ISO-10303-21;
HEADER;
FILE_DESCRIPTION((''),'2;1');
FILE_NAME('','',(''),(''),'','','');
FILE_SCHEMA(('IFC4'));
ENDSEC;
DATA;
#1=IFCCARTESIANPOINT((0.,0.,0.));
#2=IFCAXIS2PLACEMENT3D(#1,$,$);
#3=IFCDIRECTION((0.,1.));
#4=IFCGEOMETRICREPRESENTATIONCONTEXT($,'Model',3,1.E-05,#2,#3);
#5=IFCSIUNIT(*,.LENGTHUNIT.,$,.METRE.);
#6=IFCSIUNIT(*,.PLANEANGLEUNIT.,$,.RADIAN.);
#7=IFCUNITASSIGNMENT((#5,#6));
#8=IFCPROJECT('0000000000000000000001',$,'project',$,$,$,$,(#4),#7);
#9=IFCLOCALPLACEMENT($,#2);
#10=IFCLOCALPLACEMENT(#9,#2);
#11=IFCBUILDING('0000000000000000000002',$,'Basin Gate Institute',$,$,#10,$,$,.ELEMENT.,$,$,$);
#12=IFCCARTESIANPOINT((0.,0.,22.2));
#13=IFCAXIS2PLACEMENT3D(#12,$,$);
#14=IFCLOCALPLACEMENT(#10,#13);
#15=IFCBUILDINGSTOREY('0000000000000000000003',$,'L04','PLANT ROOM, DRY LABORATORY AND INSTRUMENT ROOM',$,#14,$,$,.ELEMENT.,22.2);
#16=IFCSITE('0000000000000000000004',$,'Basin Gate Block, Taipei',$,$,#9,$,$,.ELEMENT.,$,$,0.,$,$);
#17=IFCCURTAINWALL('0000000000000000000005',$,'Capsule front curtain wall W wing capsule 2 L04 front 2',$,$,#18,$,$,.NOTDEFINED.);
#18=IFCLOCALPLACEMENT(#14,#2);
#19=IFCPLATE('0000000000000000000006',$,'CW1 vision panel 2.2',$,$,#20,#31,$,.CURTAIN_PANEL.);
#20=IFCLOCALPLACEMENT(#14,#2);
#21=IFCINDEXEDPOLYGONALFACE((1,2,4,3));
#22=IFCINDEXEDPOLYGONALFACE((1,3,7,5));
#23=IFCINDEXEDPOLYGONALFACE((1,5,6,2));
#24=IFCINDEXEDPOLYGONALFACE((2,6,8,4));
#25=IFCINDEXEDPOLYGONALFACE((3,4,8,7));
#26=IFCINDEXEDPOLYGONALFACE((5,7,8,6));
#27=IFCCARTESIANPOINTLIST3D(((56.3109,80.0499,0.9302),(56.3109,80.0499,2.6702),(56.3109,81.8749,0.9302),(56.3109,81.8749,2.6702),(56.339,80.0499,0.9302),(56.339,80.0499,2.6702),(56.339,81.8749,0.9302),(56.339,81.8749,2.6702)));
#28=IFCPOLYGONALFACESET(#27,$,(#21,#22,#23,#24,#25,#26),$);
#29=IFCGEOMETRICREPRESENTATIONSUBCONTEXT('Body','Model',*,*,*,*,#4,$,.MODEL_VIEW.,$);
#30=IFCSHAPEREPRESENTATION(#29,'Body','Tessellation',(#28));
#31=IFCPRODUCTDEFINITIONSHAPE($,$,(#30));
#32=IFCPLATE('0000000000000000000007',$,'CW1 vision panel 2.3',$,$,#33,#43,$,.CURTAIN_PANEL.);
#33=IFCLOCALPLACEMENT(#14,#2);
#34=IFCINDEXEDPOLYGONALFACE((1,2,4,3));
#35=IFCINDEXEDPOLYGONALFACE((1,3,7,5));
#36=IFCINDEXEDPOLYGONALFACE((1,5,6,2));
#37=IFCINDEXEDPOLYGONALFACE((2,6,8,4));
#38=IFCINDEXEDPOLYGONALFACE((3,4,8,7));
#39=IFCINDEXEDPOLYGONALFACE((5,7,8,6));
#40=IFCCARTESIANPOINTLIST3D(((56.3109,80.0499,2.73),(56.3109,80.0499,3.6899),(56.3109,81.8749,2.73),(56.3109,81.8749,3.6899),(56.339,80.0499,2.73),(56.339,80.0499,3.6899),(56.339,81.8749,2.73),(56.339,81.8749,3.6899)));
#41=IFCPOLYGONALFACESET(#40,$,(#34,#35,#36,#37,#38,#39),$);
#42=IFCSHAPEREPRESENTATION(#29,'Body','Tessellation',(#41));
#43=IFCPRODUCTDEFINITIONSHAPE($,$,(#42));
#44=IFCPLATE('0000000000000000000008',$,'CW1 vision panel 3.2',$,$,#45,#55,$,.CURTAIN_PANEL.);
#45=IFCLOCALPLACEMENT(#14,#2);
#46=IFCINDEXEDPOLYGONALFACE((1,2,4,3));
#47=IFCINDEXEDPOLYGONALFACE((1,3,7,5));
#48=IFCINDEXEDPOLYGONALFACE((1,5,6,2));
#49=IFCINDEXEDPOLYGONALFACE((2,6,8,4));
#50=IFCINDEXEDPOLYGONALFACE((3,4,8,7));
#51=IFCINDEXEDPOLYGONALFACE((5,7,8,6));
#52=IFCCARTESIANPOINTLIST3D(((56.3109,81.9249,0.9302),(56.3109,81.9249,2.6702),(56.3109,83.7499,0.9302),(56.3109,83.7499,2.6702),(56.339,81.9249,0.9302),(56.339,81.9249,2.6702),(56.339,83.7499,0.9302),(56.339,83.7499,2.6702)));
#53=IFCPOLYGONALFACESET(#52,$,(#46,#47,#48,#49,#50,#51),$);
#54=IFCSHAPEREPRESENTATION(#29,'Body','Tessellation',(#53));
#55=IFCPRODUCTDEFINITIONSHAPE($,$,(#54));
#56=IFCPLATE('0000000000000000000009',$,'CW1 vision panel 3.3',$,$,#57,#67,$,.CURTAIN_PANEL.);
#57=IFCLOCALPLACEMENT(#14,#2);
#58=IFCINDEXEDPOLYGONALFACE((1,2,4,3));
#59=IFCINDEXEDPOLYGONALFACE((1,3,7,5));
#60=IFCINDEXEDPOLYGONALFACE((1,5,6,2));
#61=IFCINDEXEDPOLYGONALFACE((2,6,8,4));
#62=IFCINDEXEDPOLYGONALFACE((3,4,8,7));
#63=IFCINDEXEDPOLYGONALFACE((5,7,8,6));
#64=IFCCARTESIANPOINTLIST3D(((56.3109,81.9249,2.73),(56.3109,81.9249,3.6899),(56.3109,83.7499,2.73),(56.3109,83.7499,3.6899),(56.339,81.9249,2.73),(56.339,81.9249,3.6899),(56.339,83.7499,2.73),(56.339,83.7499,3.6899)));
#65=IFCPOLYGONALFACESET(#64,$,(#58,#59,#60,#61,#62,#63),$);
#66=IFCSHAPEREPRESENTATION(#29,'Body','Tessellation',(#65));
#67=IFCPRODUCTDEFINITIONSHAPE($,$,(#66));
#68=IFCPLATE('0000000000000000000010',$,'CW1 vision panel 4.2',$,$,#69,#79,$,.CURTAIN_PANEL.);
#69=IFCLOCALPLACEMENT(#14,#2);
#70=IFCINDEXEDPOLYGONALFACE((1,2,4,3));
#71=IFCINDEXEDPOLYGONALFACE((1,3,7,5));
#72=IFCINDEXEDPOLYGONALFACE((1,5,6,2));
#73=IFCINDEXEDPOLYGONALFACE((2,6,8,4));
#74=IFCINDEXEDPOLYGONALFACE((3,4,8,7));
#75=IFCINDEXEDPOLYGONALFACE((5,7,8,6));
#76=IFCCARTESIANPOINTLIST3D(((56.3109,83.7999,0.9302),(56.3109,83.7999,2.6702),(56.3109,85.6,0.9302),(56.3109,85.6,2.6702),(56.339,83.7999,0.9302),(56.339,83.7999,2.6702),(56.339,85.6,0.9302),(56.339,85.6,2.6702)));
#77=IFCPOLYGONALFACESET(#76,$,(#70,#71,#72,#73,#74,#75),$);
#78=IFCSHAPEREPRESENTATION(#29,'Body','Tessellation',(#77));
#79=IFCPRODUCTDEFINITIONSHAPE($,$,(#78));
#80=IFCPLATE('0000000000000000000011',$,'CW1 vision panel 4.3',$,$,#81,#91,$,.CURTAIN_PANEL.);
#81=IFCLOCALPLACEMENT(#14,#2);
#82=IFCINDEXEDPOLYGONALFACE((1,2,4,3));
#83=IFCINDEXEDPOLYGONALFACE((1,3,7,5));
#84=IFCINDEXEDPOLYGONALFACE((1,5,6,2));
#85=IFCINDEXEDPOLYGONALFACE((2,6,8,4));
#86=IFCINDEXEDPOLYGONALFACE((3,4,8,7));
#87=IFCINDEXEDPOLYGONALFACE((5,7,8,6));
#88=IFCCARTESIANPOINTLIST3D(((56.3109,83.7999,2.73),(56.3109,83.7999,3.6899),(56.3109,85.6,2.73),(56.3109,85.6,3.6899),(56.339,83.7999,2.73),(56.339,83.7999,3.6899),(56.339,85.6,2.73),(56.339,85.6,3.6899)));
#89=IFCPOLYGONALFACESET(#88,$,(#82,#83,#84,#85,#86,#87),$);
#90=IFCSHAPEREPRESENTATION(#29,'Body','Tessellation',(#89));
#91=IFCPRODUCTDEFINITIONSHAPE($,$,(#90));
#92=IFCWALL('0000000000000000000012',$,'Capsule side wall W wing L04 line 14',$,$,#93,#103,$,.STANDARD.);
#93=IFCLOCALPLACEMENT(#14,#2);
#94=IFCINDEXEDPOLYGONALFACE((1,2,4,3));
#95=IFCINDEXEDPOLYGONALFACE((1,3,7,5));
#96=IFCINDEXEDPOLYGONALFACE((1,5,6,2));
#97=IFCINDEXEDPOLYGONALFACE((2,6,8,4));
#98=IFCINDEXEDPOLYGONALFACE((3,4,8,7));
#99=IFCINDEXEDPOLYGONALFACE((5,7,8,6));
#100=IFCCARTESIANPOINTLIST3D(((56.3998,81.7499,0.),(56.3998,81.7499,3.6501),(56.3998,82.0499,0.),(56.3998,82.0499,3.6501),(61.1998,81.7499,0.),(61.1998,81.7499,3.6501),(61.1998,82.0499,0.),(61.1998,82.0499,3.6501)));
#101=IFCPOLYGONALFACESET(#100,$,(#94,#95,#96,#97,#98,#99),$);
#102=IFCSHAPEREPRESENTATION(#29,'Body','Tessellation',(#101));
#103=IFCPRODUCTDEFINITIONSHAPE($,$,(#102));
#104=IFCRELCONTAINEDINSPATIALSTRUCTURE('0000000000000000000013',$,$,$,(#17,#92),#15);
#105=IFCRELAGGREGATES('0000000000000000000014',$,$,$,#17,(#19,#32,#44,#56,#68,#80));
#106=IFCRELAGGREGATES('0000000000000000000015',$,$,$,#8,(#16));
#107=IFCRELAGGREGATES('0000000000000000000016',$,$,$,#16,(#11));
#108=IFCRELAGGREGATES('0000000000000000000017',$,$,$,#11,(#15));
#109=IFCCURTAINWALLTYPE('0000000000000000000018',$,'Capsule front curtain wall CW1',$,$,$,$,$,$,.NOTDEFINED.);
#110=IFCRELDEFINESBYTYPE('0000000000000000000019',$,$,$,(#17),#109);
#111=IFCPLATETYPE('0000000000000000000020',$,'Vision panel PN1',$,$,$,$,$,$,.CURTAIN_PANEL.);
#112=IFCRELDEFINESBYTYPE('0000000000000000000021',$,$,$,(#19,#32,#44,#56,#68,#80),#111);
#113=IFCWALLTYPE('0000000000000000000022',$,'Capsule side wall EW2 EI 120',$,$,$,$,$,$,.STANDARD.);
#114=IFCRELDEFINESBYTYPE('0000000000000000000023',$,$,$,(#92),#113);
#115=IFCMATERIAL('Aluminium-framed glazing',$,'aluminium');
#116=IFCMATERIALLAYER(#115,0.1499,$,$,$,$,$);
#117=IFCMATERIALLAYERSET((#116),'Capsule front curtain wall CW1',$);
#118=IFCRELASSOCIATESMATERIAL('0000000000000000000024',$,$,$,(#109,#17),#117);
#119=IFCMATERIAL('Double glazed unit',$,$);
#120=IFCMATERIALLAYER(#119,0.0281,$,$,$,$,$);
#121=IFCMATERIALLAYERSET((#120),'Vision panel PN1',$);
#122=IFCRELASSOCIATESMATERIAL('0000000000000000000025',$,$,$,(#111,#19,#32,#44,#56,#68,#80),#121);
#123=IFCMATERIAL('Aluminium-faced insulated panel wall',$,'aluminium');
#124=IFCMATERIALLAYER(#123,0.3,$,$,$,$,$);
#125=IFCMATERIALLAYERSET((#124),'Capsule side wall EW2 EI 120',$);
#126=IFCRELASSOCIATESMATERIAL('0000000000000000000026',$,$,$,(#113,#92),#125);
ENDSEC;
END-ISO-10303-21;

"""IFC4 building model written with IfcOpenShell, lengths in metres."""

from ifc_helpers import new_model, si_unit, direction, frame, frame_2d, origin, origin_2d, place, context, subcontext, project, spatial, rectangle, extrude, material, layer, layer_set, type_object, element, aggregate, save


model = new_model("IFC4")

# Units and contexts
model_context = context("Model", 3, precision=1e-05, world=origin(), true_north=direction((0.0, 1.0)))
body_context = subcontext(model_context, "Body", "Model", "MODEL_VIEW")
ifc_project = project(units=[si_unit("LENGTHUNIT", "METRE"), si_unit("PLANEANGLEUNIT", "RADIAN")], contexts=[model_context])

# Site, building, storey
site_placement = place(None, origin())
site = spatial("IfcSite", under=ifc_project, at=site_placement, Name="Basin Gate Block, Taipei", CompositionType="ELEMENT", RefElevation=0.0)
building_placement = place(site_placement, origin())
building = spatial("IfcBuilding", under=site, at=building_placement, Name="Basin Gate Institute", CompositionType="ELEMENT")
storey_placement = place(building_placement, frame((0.0, 0.0, 22.2)))
storey = spatial("IfcBuildingStorey", under=building, at=storey_placement, Name="L04", Description="PLANT ROOM, DRY LABORATORY AND INSTRUMENT ROOM", CompositionType="ELEMENT", Elevation=22.2)

# Shared definitions
ifc_material_1 = material(Name="Aluminium-framed glazing", Category="aluminium")
ifc_layer_1 = layer(ifc_material_1, 0.1499)
ifc_layer_set_1 = layer_set([ifc_layer_1], Name="Capsule front curtain wall CW1")
curtain_wall_type = type_object("IfcCurtainWallType", Name="Capsule front curtain wall CW1", PredefinedType="NOTDEFINED", material=ifc_layer_set_1)

# Curtain wall, plates
curtain_wall_1_placement = place(storey_placement, origin())
curtain_wall_1 = element("IfcCurtainWall", 1, at=curtain_wall_1_placement, inside=storey, type_object=curtain_wall_type, material=ifc_layer_set_1, Name="Capsule front curtain wall W wing capsule 2 L04 front 2", PredefinedType="NOTDEFINED")
ifc_material_2 = material(Name="Double glazed unit")
ifc_layer_2 = layer(ifc_material_2, 0.0281)
ifc_layer_set_2 = layer_set([ifc_layer_2], Name="Vision panel PN1")
plate_type_1 = type_object("IfcPlateType", Name="Vision panel PN1", PredefinedType="CURTAIN_PANEL", material=ifc_layer_set_2)
plate_1_placement = place(storey_placement, frame((56.325, 80.9624, 0.9302), z_axis=(0.0, 0.0, 1.0), x_axis=(0.0, 1.0, 0.0)))
plate_1 = element("IfcPlate", 2, at=plate_1_placement, type_object=plate_type_1, material=ifc_layer_set_2, Name="CW1 vision panel 2.2", PredefinedType="CURTAIN_PANEL", context=body_context, shape_type="SweptSolid", body=[
    extrude(rectangle(XDim=1.825, YDim=0.0281, at=origin_2d()), origin(), (0.0, 0.0, 1.0), 1.74),
])
plate_2_placement = place(storey_placement, frame((56.325, 80.9624, 2.73), z_axis=(0.0, 0.0, 1.0), x_axis=(0.0, 1.0, 0.0)))
plate_2 = element("IfcPlate", 3, at=plate_2_placement, type_object=plate_type_1, material=ifc_layer_set_2, Name="CW1 vision panel 2.3", PredefinedType="CURTAIN_PANEL", context=body_context, shape_type="SweptSolid", body=[
    extrude(rectangle(XDim=1.825, YDim=0.0281, at=origin_2d()), origin(), (0.0, 0.0, 1.0), 0.96),
])
plate_3_placement = place(storey_placement, frame((56.325, 82.8374, 0.9302), z_axis=(0.0, 0.0, 1.0), x_axis=(0.0, 1.0, 0.0)))
plate_3 = element("IfcPlate", 4, at=plate_3_placement, type_object=plate_type_1, material=ifc_layer_set_2, Name="CW1 vision panel 3.2", PredefinedType="CURTAIN_PANEL", context=body_context, shape_type="SweptSolid", body=[
    extrude(rectangle(XDim=1.825, YDim=0.0281, at=origin_2d()), origin(), (0.0, 0.0, 1.0), 1.74),
])
plate_4_placement = place(storey_placement, frame((56.325, 82.8374, 2.73), z_axis=(0.0, 0.0, 1.0), x_axis=(0.0, 1.0, 0.0)))
plate_4 = element("IfcPlate", 5, at=plate_4_placement, type_object=plate_type_1, material=ifc_layer_set_2, Name="CW1 vision panel 3.3", PredefinedType="CURTAIN_PANEL", context=body_context, shape_type="SweptSolid", body=[
    extrude(rectangle(XDim=1.825, YDim=0.0281, at=origin_2d()), origin(), (0.0, 0.0, 1.0), 0.96),
])
plate_5_placement = place(storey_placement, frame((56.325, 84.7, 0.9302), z_axis=(0.0, 0.0, 1.0), x_axis=(0.0, 1.0, 0.0)))
plate_5 = element("IfcPlate", 6, at=plate_5_placement, type_object=plate_type_1, material=ifc_layer_set_2, Name="CW1 vision panel 4.2", PredefinedType="CURTAIN_PANEL", context=body_context, shape_type="SweptSolid", body=[
    extrude(rectangle(XDim=1.8, YDim=0.0281, at=origin_2d()), origin(), (0.0, 0.0, 1.0), 1.74),
])
plate_6_placement = place(storey_placement, frame((56.325, 84.7, 2.73), z_axis=(0.0, 0.0, 1.0), x_axis=(0.0, 1.0, 0.0)))
plate_6 = element("IfcPlate", 7, at=plate_6_placement, type_object=plate_type_1, material=ifc_layer_set_2, Name="CW1 vision panel 4.3", PredefinedType="CURTAIN_PANEL", context=body_context, shape_type="SweptSolid", body=[
    extrude(rectangle(XDim=1.8, YDim=0.0281, at=origin_2d()), origin(), (0.0, 0.0, 1.0), 0.96),
])
aggregate(curtain_wall_1, [plate_1, plate_2, plate_3, plate_4, plate_5, plate_6])

# Wall
ifc_material_3 = material(Name="Aluminium-faced insulated panel wall", Category="aluminium")
ifc_layer_3 = layer(ifc_material_3, 0.3)
ifc_layer_set_3 = layer_set([ifc_layer_3], Name="Capsule side wall EW2 EI 120")
wall_type = type_object("IfcWallType", Name="Capsule side wall EW2 EI 120", PredefinedType="STANDARD", material=ifc_layer_set_3)
wall_placement = place(storey_placement, frame((56.3999, 81.8999, 0.0), z_axis=(0.0, 0.0, 1.0), x_axis=(1.0, 0.0, 0.0)))
element("IfcWall", 8, at=wall_placement, inside=storey, type_object=wall_type, material=ifc_layer_set_3, Name="Capsule side wall W wing L04 line 14", PredefinedType="STANDARD", context=body_context, shape_type="SweptSolid", body=[
    extrude(rectangle(XDim=4.8, YDim=0.3, at=frame_2d((2.3999, 0.0))), origin(), (0.0, 0.0, 1.0), 3.6501),
])

save(model, "model.ifc")
